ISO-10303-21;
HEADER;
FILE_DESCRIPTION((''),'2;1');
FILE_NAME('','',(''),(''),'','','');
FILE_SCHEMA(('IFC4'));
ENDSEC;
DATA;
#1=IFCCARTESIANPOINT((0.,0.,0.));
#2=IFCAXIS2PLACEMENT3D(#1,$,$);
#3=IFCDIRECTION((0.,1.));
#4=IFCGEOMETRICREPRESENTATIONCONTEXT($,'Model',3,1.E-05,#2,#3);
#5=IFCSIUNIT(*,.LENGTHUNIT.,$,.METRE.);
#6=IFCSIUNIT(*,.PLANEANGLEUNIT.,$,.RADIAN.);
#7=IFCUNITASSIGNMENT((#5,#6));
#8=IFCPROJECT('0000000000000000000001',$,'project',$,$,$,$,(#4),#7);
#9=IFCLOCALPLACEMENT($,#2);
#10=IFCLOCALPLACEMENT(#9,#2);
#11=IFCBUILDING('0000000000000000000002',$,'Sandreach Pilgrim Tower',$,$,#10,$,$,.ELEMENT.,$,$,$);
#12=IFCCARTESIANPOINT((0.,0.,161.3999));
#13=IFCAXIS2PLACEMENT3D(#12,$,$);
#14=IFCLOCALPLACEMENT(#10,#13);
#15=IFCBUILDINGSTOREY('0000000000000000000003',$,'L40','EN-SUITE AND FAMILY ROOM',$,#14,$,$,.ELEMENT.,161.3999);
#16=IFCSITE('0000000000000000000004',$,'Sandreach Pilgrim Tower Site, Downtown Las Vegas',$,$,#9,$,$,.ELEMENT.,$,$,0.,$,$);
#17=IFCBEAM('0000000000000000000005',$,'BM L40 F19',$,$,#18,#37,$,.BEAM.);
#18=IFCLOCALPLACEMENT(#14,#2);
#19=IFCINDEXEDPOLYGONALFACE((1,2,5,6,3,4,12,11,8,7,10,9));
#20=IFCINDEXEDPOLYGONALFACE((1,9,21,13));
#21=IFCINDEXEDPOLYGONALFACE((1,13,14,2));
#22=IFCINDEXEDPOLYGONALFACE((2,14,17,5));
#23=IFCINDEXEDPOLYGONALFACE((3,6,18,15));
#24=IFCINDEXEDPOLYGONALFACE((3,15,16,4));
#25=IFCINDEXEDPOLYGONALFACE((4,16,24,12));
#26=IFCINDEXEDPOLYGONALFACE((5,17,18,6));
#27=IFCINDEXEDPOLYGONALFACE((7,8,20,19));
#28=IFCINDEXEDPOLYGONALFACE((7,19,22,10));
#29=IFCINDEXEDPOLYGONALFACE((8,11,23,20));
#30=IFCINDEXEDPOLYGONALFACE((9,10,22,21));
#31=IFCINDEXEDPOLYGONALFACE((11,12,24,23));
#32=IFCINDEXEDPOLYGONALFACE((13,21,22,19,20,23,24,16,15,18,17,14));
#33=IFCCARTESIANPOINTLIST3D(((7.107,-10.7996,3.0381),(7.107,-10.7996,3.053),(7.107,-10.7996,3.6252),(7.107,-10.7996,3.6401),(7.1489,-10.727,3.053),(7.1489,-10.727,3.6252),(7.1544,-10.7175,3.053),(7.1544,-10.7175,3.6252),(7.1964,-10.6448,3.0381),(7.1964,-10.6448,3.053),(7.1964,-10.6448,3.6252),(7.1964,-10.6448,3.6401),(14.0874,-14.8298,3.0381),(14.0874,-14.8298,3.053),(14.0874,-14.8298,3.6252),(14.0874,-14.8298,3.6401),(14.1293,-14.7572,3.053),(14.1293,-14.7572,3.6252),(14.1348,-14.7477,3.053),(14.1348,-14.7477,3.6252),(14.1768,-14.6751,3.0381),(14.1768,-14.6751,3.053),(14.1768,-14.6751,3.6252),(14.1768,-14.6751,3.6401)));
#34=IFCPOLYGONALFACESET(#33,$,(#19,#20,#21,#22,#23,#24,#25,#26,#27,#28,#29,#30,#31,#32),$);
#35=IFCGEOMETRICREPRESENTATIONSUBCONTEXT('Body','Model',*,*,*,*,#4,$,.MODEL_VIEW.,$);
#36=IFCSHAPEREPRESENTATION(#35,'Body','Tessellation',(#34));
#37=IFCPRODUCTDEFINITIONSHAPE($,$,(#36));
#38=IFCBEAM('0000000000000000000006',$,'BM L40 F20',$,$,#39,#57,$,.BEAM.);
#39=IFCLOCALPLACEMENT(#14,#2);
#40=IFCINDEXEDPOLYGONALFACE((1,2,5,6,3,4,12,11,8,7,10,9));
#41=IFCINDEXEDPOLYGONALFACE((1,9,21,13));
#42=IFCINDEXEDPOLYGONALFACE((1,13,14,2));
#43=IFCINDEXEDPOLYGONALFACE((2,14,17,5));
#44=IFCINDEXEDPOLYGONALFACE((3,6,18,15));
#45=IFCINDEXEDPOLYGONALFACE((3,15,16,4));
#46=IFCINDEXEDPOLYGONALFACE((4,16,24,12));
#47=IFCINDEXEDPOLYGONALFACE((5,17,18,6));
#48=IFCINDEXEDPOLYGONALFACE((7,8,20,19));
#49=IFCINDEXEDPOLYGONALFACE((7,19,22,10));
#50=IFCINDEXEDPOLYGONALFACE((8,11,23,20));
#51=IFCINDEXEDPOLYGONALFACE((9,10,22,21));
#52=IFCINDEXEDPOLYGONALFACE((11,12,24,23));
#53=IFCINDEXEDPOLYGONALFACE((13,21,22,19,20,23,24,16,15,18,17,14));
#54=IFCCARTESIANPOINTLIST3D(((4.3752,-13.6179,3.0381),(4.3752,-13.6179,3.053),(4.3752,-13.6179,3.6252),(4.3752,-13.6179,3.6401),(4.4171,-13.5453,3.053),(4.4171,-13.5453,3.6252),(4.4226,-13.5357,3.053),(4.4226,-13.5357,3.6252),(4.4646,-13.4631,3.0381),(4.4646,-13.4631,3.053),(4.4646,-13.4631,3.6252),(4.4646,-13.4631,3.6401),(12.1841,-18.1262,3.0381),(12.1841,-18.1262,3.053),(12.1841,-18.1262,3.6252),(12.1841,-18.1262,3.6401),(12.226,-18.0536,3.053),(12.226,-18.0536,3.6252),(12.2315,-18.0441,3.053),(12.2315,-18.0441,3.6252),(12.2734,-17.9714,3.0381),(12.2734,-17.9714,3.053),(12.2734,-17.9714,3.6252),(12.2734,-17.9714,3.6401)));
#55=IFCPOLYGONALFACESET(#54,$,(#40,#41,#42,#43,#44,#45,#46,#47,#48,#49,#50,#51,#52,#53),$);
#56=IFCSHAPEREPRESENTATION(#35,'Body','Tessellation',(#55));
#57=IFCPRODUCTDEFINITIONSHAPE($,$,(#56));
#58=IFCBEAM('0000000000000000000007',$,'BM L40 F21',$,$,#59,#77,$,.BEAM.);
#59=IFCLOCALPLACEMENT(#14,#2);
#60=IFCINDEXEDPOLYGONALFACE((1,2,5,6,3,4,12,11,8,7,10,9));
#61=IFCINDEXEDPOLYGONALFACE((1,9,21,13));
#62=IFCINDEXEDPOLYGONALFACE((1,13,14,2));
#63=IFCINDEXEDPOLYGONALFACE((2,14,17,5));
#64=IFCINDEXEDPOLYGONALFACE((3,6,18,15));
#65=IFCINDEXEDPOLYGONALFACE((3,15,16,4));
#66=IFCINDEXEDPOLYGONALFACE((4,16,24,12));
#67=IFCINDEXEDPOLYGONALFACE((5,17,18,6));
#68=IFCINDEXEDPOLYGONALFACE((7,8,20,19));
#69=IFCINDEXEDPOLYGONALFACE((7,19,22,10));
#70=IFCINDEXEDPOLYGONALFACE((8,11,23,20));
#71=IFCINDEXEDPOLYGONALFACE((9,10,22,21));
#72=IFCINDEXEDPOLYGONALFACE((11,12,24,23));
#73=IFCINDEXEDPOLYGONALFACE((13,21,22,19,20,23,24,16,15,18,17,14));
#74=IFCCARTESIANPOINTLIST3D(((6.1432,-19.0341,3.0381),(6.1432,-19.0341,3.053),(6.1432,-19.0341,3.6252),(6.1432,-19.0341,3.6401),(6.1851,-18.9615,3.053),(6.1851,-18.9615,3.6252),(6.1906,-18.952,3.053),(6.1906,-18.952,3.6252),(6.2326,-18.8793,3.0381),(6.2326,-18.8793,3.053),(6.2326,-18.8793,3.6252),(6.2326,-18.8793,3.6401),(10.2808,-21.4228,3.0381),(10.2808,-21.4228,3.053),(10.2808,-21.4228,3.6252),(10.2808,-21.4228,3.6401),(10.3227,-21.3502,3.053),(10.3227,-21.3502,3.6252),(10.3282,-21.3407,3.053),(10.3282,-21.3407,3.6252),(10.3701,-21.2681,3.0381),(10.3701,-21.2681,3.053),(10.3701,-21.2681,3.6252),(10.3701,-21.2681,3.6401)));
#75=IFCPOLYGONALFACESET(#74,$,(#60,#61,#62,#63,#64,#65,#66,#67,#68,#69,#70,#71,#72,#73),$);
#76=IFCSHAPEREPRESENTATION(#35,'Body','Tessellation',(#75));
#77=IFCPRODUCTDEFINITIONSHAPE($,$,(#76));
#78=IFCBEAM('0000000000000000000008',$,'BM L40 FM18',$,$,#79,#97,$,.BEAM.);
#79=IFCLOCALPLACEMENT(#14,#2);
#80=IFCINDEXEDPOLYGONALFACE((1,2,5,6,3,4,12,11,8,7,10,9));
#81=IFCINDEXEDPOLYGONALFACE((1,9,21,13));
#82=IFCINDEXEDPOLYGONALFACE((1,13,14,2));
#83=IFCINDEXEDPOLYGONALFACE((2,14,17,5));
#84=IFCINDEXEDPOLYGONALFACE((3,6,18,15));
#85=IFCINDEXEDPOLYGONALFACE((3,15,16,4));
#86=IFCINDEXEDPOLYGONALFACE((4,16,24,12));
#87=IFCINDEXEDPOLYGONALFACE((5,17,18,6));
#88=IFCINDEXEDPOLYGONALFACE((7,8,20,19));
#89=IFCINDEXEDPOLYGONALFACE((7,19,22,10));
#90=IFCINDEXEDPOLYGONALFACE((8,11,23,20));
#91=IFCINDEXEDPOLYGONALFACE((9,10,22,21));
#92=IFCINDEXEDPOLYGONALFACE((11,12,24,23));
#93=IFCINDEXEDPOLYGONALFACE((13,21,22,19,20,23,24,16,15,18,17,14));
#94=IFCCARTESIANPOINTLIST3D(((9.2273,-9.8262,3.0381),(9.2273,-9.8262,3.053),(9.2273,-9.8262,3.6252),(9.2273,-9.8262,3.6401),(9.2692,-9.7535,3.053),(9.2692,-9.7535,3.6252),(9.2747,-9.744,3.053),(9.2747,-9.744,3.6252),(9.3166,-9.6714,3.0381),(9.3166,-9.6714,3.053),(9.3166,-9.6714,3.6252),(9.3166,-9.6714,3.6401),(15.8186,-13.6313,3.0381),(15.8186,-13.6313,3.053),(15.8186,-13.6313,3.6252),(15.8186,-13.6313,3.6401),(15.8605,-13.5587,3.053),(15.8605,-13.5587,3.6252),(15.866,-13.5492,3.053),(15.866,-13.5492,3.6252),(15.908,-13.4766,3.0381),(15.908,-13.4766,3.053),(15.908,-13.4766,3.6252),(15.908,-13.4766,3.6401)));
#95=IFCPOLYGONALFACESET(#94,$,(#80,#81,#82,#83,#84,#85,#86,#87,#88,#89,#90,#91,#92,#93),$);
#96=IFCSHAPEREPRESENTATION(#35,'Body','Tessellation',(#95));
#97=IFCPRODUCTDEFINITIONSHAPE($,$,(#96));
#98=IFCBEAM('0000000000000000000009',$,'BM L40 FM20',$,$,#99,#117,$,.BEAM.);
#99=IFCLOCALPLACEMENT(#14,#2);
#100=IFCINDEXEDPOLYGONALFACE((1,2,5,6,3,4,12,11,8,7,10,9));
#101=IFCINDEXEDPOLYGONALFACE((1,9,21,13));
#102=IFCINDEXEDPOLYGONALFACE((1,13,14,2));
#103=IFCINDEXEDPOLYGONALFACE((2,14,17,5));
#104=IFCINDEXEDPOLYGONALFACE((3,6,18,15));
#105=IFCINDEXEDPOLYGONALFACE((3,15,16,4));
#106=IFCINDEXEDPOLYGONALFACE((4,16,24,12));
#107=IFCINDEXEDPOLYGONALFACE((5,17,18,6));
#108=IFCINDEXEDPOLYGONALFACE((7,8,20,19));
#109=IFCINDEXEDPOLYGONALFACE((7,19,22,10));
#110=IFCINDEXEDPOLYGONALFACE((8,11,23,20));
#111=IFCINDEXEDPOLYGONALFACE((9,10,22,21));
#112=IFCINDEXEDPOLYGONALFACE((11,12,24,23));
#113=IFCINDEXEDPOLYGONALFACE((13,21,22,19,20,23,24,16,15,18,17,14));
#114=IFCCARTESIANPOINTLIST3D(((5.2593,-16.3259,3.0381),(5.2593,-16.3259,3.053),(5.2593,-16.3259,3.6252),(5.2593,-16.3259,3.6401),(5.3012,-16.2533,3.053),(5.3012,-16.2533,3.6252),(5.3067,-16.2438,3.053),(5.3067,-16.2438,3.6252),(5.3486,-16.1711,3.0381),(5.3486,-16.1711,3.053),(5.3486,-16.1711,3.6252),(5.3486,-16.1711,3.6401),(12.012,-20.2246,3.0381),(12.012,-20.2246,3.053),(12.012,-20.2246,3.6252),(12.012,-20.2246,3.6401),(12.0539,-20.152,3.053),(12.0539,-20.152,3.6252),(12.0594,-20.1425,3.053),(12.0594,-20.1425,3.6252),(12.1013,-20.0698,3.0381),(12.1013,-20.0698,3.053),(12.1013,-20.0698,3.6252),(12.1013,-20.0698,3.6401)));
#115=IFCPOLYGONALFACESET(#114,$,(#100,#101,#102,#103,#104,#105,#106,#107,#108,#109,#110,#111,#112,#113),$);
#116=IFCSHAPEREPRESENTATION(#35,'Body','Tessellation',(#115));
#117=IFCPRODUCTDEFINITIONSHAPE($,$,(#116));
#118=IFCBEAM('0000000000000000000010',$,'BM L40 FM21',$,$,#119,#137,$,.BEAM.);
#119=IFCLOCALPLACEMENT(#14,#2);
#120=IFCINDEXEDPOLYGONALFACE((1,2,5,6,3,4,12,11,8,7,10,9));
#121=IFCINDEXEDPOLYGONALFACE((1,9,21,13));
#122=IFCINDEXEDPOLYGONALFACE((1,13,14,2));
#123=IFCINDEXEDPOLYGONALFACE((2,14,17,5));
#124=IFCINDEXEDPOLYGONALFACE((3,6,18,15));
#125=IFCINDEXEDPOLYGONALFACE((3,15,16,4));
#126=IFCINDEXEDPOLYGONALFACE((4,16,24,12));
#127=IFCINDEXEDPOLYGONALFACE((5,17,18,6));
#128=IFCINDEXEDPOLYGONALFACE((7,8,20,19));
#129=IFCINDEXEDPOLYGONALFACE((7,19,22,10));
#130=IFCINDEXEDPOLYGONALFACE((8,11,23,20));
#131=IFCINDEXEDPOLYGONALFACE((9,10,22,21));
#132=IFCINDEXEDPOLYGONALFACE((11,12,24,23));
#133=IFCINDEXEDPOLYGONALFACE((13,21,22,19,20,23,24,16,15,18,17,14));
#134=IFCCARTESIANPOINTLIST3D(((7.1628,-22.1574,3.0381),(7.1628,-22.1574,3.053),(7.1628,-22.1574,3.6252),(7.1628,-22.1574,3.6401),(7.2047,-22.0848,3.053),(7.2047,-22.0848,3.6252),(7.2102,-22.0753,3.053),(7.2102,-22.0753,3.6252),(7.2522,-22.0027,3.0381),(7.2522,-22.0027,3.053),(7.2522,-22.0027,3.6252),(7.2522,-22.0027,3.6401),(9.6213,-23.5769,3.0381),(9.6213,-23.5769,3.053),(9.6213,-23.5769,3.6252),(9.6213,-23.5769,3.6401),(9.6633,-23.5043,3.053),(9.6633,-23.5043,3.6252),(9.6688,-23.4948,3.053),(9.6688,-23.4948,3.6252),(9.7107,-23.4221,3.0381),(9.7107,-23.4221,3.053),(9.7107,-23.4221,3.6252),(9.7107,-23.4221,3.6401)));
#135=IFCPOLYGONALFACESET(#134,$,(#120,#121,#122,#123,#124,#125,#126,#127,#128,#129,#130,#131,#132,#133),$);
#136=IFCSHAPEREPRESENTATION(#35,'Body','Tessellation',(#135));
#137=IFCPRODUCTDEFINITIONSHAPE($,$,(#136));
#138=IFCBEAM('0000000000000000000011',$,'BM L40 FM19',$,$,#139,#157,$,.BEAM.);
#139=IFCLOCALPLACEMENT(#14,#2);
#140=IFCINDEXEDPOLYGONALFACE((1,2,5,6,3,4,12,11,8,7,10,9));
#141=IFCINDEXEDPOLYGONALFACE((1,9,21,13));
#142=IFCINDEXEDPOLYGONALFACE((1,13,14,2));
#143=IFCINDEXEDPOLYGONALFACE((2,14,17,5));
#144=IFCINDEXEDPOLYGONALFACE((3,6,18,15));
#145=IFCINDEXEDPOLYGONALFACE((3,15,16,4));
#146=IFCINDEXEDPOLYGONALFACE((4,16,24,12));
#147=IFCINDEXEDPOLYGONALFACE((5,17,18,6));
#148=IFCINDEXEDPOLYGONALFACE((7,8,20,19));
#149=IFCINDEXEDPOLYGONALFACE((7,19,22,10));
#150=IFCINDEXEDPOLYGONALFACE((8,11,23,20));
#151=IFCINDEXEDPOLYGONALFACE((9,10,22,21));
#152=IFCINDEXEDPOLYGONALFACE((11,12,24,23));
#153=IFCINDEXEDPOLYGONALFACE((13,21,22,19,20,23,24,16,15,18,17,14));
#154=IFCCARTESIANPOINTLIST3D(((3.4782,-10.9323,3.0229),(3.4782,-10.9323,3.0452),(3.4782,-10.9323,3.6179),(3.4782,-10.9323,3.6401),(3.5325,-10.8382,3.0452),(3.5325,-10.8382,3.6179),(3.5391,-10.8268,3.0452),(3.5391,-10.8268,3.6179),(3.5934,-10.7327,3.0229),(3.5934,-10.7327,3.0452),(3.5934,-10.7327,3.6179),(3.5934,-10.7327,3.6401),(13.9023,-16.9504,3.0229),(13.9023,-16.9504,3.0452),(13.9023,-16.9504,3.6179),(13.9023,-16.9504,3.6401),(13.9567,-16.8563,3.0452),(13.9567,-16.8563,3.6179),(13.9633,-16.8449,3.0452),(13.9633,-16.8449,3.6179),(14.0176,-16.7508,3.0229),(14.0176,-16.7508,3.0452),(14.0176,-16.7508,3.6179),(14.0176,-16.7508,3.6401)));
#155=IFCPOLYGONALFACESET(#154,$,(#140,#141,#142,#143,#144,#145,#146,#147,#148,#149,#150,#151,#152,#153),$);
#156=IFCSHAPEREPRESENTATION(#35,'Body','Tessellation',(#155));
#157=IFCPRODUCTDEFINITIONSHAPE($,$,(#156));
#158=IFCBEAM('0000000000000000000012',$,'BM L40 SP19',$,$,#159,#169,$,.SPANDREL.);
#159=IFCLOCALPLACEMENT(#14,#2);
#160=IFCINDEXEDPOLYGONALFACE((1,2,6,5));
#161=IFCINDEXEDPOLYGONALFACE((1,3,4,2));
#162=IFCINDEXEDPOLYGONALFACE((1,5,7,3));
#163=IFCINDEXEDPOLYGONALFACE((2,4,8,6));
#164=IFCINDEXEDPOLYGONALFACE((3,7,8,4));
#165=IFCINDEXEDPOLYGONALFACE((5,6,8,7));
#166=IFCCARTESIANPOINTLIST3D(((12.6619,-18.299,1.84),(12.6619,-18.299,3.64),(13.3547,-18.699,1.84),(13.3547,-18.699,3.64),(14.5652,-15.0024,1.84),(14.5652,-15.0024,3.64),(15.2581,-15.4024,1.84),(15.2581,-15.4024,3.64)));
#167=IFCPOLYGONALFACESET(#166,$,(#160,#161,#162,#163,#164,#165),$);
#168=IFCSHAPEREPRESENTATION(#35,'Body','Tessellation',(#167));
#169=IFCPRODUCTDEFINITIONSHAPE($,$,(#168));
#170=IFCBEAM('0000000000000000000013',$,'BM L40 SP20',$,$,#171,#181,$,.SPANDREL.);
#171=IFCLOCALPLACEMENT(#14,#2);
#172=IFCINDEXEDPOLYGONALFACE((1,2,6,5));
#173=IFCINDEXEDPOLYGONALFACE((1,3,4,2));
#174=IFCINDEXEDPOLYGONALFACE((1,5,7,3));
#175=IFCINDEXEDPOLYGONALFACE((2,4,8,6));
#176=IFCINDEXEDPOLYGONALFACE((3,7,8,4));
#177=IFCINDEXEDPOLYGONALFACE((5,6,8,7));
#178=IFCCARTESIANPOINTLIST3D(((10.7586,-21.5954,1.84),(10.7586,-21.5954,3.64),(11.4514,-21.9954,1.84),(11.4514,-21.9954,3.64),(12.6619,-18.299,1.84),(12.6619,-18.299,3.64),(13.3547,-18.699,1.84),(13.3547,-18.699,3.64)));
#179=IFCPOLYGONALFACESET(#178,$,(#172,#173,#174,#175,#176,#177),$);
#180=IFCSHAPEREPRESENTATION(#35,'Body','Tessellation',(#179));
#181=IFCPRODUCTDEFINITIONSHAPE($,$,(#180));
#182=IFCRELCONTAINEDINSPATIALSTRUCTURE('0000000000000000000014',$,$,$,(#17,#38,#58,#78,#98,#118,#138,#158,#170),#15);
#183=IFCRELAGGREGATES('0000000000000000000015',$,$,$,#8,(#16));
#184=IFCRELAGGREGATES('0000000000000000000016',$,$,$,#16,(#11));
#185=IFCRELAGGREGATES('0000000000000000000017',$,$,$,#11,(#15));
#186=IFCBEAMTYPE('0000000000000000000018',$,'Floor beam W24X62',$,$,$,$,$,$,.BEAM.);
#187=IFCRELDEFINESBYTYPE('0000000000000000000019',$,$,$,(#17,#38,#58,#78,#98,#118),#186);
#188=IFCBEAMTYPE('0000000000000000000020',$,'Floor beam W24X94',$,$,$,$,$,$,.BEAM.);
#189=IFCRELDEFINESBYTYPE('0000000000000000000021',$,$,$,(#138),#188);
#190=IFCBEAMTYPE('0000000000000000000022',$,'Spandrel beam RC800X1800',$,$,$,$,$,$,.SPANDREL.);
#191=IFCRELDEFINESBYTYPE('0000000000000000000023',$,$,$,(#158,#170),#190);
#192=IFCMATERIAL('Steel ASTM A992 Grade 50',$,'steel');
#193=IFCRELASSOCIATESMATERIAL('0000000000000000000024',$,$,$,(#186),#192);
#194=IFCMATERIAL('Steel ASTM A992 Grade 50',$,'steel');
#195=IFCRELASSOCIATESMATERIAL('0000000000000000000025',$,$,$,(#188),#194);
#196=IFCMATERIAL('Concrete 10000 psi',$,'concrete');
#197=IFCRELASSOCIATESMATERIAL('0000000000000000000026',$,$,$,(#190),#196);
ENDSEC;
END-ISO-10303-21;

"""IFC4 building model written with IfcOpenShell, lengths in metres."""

from ifc_helpers import new_model, si_unit, direction, frame, origin, origin_2d, place, context, subcontext, project, spatial, rectangle, i_section, extrude, material, material_profile, profile_set, type_object, element, save


model = new_model("IFC4")

# Units and contexts
model_context = context("Model", 3, precision=1e-05, world=origin(), true_north=direction((0.0, 1.0)))
body_context = subcontext(model_context, "Body", "Model", "MODEL_VIEW")
ifc_project = project(units=[si_unit("LENGTHUNIT", "METRE"), si_unit("PLANEANGLEUNIT", "RADIAN")], contexts=[model_context])

# Site, building, storey
site_placement = place(None, origin())
site = spatial("IfcSite", under=ifc_project, at=site_placement, Name="Sandreach Pilgrim Tower Site, Downtown Las Vegas", CompositionType="ELEMENT", RefElevation=0.0)
building_placement = place(site_placement, origin())
building = spatial("IfcBuilding", under=site, at=building_placement, Name="Sandreach Pilgrim Tower", CompositionType="ELEMENT")
storey_placement = place(building_placement, frame((0.0, 0.0, 161.3999)))
storey = spatial("IfcBuildingStorey", under=building, at=storey_placement, Name="L40", Description="EN-SUITE AND FAMILY ROOM", CompositionType="ELEMENT", Elevation=161.3999)

# Beams
ifc_material_1 = material(Name="Steel ASTM A992 Grade 50", Category="steel")
ifc_material_profile_1 = material_profile(ifc_material_1, i_section(OverallWidth=0.1787, OverallDepth=0.6021, WebThickness=0.011, FlangeThickness=0.0149, at=origin_2d()), Name="W24X62")
ifc_profile_set_1 = profile_set([ifc_material_profile_1], Name="Steel ASTM A992 Grade 50")
beam_type_1 = type_object("IfcBeamType", Name="Floor beam W24X62", PredefinedType="BEAM", material=ifc_profile_set_1)
beam_1_placement = place(storey_placement, frame((14.1321, -14.7524, 3.3391), z_axis=(-0.86602, 0.500009, 0.0), x_axis=(-0.500009, -0.86602, 0.0)))
element("IfcBeam", 1, at=beam_1_placement, inside=storey, type_object=beam_type_1, Name="BM L40 F19", PredefinedType="BEAM", context=body_context, shape_type="SweptSolid", body=[
    extrude(i_section(OverallWidth=0.1787, OverallDepth=0.6021, WebThickness=0.011, FlangeThickness=0.0149, at=origin_2d()), origin(), (0.0, 0.0, 1.0), 8.0603),
])
beam_2_placement = place(storey_placement, frame((12.2288, -18.0488, 3.3391), z_axis=(-0.866032, 0.499989, 0.0), x_axis=(-0.499989, -0.866032, 0.0)))
element("IfcBeam", 2, at=beam_2_placement, inside=storey, type_object=beam_type_1, Name="BM L40 F20", PredefinedType="BEAM", context=body_context, shape_type="SweptSolid", body=[
    extrude(i_section(OverallWidth=0.1787, OverallDepth=0.6021, WebThickness=0.011, FlangeThickness=0.0149, at=origin_2d()), origin(), (0.0, 0.0, 1.0), 9.0168),
])
beam_3_placement = place(storey_placement, frame((10.3254, -21.3455, 3.3391), z_axis=(-0.866033, 0.499986, 0.0), x_axis=(-0.499986, -0.866033, 0.0)))
element("IfcBeam", 3, at=beam_3_placement, inside=storey, type_object=beam_type_1, Name="BM L40 F21", PredefinedType="BEAM", context=body_context, shape_type="SweptSolid", body=[
    extrude(i_section(OverallWidth=0.1787, OverallDepth=0.6021, WebThickness=0.011, FlangeThickness=0.0149, at=origin_2d()), origin(), (0.0, 0.0, 1.0), 4.7776),
])
beam_4_placement = place(storey_placement, frame((15.8633, -13.554, 3.3391), z_axis=(-0.866043, 0.499969, 0.0), x_axis=(-0.499969, -0.866043, 0.0)))
element("IfcBeam", 4, at=beam_4_placement, inside=storey, type_object=beam_type_1, Name="BM L40 FM18", PredefinedType="BEAM", context=body_context, shape_type="SweptSolid", body=[
    extrude(i_section(OverallWidth=0.1787, OverallDepth=0.6021, WebThickness=0.011, FlangeThickness=0.0149, at=origin_2d()), origin(), (0.0, 0.0, 1.0), 7.6108),
])
beam_5_placement = place(storey_placement, frame((12.0566, -20.1472, 3.3391), z_axis=(-0.866024, 0.500002, 0.0), x_axis=(-0.500002, -0.866024, 0.0)))
element("IfcBeam", 5, at=beam_5_placement, inside=storey, type_object=beam_type_1, Name="BM L40 FM20", PredefinedType="BEAM", context=body_context, shape_type="SweptSolid", body=[
    extrude(i_section(OverallWidth=0.1787, OverallDepth=0.6021, WebThickness=0.011, FlangeThickness=0.0149, at=origin_2d()), origin(), (0.0, 0.0, 1.0), 7.7974),
])
beam_6_placement = place(storey_placement, frame((9.666, -23.4995, 3.3391), z_axis=(-0.866022, 0.500005, 0.0), x_axis=(-0.500005, -0.866022, 0.0)))
element("IfcBeam", 6, at=beam_6_placement, inside=storey, type_object=beam_type_1, Name="BM L40 FM21", PredefinedType="BEAM", context=body_context, shape_type="SweptSolid", body=[
    extrude(i_section(OverallWidth=0.1787, OverallDepth=0.6021, WebThickness=0.011, FlangeThickness=0.0149, at=origin_2d()), origin(), (0.0, 0.0, 1.0), 2.8389),
])
ifc_material_2 = material(Name="Steel ASTM A992 Grade 50", Category="steel")
ifc_material_profile_2 = material_profile(ifc_material_2, i_section(OverallWidth=0.2305, OverallDepth=0.6172, WebThickness=0.0132, FlangeThickness=0.0222, at=origin_2d()), Name="W24X94")
ifc_profile_set_2 = profile_set([ifc_material_profile_2], Name="Steel ASTM A992 Grade 50")
beam_type_2 = type_object("IfcBeamType", Name="Floor beam W24X94", PredefinedType="BEAM", material=ifc_profile_set_2)
beam_7_placement = place(storey_placement, frame((13.96, -16.8506, 3.3315), z_axis=(-0.866035, 0.499983, 0.0), x_axis=(-0.499983, -0.866035, 0.0)))
element("IfcBeam", 7, at=beam_7_placement, inside=storey, type_object=beam_type_2, Name="BM L40 FM19", PredefinedType="BEAM", context=body_context, shape_type="SweptSolid", body=[
    extrude(i_section(OverallWidth=0.2305, OverallDepth=0.6172, WebThickness=0.0132, FlangeThickness=0.0222, at=origin_2d()), origin(), (0.0, 0.0, 1.0), 12.0366),
])
ifc_material_3 = material(Name="Concrete 10000 psi", Category="concrete")
ifc_material_profile_3 = material_profile(ifc_material_3, rectangle(XDim=0.8, YDim=1.8, at=origin_2d()), Name="RC800X1800")
ifc_profile_set_3 = profile_set([ifc_material_profile_3], Name="Concrete 10000 psi")
beam_type_3 = type_object("IfcBeamType", Name="Spandrel beam RC800X1800", PredefinedType="SPANDREL", material=ifc_profile_set_3)
beam_8_placement = place(storey_placement, frame((14.9116, -15.2024, 2.74), z_axis=(-0.500002, -0.866024, 0.0), x_axis=(0.866024, -0.500002, 0.0)))
element("IfcBeam", 8, at=beam_8_placement, inside=storey, type_object=beam_type_3, Name="BM L40 SP19", PredefinedType="SPANDREL", context=body_context, shape_type="SweptSolid", body=[
    extrude(rectangle(XDim=0.8, YDim=1.8, at=origin_2d()), origin(), (0.0, 0.0, 1.0), 3.8066),
])
beam_9_placement = place(storey_placement, frame((13.0083, -18.499, 2.74), z_axis=(-0.50003, -0.866008, 0.0), x_axis=(0.866008, -0.50003, 0.0)))
element("IfcBeam", 9, at=beam_9_placement, inside=storey, type_object=beam_type_3, Name="BM L40 SP20", PredefinedType="SPANDREL", context=body_context, shape_type="SweptSolid", body=[
    extrude(rectangle(XDim=0.8, YDim=1.8, at=origin_2d()), origin(), (0.0, 0.0, 1.0), 3.8064),
])

save(model, "model.ifc")
